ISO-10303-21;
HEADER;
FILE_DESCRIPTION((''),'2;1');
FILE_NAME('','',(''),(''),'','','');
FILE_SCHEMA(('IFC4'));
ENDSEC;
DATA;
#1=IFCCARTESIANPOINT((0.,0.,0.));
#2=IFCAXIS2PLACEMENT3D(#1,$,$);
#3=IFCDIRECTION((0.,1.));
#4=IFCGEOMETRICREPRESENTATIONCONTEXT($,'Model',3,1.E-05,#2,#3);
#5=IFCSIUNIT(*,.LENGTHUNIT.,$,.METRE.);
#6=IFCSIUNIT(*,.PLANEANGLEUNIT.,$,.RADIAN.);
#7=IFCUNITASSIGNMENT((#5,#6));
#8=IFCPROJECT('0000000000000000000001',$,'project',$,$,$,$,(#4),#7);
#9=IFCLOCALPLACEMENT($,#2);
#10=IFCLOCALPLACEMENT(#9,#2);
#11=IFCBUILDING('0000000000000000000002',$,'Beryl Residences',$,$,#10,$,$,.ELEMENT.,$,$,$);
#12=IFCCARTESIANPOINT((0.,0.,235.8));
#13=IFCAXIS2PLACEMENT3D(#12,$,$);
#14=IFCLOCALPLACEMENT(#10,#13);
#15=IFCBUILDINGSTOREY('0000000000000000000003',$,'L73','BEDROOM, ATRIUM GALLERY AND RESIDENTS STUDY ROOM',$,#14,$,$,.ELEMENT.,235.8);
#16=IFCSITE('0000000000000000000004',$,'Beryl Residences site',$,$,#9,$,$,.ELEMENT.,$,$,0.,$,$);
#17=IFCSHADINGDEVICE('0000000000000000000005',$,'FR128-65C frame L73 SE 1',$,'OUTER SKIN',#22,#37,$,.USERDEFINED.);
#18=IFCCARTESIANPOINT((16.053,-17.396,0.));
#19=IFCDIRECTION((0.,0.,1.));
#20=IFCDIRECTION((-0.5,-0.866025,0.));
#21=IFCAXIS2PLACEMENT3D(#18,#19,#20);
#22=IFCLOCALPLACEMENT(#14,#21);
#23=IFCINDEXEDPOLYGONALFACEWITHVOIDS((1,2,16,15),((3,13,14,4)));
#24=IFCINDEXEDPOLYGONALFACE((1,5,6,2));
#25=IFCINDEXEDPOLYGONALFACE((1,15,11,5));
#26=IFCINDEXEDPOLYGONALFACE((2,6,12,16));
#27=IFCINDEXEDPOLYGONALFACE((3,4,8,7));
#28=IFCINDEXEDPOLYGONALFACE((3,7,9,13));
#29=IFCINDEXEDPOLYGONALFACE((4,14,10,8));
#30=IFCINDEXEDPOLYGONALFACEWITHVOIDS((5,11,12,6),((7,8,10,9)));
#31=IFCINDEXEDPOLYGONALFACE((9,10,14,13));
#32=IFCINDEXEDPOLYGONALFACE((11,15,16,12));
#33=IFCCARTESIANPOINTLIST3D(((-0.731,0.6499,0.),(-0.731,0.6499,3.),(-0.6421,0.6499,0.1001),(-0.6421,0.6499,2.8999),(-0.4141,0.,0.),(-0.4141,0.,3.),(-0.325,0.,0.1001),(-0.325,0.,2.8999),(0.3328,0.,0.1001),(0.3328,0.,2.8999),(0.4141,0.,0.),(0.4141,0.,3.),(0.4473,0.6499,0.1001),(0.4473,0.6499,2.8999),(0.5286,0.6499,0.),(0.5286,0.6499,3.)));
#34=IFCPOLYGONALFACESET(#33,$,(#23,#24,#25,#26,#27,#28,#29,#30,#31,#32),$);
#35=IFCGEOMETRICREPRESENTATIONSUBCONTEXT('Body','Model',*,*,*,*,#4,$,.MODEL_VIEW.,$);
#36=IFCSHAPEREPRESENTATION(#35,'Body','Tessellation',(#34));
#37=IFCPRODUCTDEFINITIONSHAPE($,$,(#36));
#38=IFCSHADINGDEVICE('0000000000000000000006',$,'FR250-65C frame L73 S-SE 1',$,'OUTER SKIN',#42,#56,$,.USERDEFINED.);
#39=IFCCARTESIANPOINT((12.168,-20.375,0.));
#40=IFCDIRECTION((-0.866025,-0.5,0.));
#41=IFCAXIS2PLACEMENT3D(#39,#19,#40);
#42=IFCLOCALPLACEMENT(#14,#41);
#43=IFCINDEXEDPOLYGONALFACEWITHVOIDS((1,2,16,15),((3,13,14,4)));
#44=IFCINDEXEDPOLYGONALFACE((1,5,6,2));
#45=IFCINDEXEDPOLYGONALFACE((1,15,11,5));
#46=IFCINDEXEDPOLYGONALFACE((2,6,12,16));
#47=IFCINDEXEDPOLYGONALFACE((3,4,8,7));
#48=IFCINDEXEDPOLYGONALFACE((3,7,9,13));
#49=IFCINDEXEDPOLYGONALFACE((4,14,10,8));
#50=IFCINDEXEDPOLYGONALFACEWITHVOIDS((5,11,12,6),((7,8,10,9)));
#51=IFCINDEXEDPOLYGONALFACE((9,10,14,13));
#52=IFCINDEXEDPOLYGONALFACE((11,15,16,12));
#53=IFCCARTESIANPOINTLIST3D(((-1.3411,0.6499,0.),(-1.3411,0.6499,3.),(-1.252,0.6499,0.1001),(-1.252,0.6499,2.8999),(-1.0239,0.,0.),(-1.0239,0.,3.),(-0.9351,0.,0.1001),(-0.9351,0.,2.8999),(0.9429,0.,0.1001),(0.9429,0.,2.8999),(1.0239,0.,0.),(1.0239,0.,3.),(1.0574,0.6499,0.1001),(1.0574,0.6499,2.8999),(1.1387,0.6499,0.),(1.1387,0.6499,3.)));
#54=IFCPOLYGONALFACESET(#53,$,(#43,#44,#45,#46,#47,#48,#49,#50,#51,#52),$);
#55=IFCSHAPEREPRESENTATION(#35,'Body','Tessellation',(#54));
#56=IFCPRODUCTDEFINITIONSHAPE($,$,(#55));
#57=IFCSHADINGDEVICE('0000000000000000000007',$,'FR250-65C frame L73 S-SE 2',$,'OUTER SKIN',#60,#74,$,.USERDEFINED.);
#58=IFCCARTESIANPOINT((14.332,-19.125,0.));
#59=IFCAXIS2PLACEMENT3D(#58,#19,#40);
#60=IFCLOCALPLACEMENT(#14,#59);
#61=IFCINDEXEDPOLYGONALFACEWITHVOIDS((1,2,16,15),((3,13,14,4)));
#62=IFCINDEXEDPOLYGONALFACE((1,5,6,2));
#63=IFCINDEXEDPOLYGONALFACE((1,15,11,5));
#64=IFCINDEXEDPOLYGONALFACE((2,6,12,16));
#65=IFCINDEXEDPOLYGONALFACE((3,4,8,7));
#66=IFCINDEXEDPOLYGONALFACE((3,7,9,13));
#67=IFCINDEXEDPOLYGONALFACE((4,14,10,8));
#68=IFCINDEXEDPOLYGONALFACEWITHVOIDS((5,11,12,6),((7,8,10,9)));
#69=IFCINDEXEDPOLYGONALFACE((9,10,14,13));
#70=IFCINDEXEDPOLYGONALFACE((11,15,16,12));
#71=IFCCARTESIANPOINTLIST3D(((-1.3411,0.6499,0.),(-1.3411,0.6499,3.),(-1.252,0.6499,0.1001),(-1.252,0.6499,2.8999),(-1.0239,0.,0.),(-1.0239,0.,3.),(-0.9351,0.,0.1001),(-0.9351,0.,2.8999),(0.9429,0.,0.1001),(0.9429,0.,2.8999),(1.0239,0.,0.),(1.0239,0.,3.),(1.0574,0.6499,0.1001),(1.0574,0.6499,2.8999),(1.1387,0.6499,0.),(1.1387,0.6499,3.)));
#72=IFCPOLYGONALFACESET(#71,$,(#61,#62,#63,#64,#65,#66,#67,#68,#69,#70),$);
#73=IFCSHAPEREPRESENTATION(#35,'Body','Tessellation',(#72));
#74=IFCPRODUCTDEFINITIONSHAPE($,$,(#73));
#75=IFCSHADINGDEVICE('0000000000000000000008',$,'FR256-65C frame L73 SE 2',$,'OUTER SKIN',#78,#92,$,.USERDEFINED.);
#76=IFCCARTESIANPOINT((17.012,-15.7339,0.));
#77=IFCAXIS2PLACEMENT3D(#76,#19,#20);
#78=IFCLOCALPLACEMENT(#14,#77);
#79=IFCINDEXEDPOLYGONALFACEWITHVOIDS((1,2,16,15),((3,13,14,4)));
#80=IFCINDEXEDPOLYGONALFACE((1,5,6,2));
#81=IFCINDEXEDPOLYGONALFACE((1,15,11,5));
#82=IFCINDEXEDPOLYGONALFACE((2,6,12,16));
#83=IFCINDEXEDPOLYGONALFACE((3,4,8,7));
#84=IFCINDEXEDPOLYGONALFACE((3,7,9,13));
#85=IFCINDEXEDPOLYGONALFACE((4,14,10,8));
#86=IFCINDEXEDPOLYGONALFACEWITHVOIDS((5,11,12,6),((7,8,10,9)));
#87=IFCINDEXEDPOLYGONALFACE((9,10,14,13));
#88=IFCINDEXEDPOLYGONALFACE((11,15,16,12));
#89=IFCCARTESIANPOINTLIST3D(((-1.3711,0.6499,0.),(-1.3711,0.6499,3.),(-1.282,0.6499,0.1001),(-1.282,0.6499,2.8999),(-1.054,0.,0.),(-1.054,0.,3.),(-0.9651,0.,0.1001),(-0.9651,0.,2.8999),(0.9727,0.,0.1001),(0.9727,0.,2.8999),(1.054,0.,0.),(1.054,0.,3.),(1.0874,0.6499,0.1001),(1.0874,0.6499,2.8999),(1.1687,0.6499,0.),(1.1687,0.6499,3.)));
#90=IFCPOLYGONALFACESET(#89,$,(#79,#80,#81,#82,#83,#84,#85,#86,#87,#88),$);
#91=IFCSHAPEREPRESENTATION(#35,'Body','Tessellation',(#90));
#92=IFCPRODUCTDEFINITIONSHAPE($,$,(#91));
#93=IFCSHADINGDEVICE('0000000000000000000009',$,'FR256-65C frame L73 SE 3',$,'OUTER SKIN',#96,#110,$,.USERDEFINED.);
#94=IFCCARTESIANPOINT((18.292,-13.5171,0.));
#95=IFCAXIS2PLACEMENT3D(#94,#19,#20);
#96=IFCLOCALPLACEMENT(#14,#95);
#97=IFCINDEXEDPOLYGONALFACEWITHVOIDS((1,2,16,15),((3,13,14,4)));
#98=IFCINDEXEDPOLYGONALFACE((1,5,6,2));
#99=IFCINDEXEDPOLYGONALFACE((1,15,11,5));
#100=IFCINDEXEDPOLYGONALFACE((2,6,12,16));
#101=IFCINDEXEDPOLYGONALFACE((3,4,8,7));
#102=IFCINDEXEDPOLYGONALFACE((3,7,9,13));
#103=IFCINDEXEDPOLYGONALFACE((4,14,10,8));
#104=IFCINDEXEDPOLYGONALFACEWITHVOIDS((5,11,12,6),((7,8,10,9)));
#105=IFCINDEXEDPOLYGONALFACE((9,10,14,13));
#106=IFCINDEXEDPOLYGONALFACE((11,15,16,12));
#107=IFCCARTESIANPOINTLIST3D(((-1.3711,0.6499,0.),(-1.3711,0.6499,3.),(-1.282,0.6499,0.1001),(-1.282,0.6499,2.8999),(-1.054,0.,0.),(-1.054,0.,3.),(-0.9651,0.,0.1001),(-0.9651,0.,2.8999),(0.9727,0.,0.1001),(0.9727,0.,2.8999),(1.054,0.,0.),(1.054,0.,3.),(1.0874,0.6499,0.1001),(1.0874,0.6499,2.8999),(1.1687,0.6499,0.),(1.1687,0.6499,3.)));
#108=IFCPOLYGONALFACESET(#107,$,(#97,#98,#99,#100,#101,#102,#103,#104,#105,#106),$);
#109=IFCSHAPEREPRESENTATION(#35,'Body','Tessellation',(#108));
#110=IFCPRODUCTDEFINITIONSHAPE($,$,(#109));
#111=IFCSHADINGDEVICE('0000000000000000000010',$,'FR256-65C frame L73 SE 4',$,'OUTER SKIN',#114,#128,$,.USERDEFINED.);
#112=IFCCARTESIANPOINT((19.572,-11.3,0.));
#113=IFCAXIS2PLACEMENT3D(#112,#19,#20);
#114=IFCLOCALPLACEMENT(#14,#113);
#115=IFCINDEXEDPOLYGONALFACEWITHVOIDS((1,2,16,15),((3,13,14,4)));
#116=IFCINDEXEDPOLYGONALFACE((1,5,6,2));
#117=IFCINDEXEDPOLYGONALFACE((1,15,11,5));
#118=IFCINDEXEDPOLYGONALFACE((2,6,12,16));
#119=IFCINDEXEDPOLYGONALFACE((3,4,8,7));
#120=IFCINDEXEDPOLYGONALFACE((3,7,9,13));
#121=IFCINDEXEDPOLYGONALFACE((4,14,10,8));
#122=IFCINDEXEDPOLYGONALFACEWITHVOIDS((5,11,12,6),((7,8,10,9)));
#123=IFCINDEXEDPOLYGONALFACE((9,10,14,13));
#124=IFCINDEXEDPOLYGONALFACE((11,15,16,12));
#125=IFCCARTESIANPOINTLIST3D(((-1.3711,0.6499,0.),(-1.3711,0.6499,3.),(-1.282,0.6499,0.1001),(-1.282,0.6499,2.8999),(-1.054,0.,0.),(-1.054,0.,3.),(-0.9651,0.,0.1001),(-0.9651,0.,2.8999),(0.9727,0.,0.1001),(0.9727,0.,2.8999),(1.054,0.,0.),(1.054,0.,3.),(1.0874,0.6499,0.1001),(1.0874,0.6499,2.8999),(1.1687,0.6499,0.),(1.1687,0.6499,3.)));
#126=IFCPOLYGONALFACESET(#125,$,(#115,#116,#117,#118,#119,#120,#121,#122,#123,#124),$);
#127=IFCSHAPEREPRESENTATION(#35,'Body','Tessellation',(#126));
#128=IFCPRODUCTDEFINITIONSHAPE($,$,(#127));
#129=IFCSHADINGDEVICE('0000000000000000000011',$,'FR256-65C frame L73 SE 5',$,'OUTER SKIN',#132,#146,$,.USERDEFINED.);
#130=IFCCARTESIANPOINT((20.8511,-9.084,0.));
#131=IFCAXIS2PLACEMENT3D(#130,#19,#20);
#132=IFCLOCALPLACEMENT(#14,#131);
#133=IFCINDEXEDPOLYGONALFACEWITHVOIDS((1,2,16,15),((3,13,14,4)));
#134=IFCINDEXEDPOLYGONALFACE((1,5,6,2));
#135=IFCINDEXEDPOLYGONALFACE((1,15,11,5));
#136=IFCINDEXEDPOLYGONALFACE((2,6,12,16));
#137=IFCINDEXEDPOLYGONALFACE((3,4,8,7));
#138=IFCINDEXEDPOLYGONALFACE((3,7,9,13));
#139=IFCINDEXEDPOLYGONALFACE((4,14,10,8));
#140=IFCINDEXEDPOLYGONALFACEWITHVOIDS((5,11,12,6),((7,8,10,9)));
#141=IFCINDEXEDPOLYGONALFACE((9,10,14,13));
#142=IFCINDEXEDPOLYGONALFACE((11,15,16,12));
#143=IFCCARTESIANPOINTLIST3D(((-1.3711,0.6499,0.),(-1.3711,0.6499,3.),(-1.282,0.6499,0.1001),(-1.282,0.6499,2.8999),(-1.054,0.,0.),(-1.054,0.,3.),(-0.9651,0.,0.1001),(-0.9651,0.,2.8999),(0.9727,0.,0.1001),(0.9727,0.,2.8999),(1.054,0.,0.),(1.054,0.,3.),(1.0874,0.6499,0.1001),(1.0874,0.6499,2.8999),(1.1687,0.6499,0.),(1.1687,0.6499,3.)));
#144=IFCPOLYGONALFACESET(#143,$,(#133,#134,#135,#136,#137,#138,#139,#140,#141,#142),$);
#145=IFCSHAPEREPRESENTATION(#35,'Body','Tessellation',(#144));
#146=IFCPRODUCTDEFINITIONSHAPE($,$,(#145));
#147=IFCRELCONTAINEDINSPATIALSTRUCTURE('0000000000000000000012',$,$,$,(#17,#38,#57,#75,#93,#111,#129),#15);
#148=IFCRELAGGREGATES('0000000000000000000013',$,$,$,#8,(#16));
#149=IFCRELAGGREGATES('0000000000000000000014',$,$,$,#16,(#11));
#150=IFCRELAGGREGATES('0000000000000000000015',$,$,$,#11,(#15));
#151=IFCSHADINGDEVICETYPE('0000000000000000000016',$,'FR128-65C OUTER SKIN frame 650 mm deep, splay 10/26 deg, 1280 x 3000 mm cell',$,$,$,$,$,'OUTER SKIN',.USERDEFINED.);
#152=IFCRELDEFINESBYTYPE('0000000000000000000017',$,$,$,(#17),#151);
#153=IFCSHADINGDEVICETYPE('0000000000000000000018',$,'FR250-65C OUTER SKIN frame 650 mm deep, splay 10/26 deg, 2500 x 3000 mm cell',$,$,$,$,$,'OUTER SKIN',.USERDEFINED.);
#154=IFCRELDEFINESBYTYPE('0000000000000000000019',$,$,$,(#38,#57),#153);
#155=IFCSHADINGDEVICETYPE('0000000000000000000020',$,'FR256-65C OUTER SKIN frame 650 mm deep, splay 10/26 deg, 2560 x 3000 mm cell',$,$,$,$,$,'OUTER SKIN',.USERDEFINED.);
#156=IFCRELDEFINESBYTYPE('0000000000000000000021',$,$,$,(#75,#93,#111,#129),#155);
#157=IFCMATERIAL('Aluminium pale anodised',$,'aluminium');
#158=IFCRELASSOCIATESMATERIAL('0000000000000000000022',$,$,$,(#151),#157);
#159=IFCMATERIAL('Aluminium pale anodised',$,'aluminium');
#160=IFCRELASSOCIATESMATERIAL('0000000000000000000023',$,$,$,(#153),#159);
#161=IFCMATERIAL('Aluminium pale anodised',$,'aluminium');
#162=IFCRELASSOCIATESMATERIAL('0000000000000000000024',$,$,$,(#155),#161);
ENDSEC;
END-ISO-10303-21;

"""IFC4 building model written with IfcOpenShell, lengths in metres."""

from ifc_helpers import new_model, entity, si_unit, direction, frame, origin, place, context, subcontext, project, spatial, source, transform, mapped, material, type_object, type_shapes, element, save


model = new_model("IFC4")

# Units and contexts
model_context = context("Model", 3, precision=1e-05, world=origin(), true_north=direction((0.0, 1.0)))
body_context = subcontext(model_context, "Body", "Model", "MODEL_VIEW")
ifc_project = project(units=[si_unit("LENGTHUNIT", "METRE"), si_unit("PLANEANGLEUNIT", "RADIAN")], contexts=[model_context])

# Site, building, storey
site_placement = place(None, origin())
site = spatial("IfcSite", under=ifc_project, at=site_placement, Name="Beryl Residences site", CompositionType="ELEMENT", RefElevation=0.0)
building_placement = place(site_placement, origin())
building = spatial("IfcBuilding", under=site, at=building_placement, Name="Beryl Residences", CompositionType="ELEMENT")
storey_placement = place(building_placement, frame((0.0, 0.0, 235.8)))
storey = spatial("IfcBuildingStorey", under=building, at=storey_placement, Name="L73", Description="BEDROOM, ATRIUM GALLERY AND RESIDENTS STUDY ROOM", CompositionType="ELEMENT", Elevation=235.8)

# Shading devices
ifc_material_1 = material(Name="Aluminium pale anodised", Category="aluminium")
shading_device_type_1 = type_object("IfcShadingDeviceType", Name="FR128-65C OUTER SKIN frame 650 mm deep, splay 10/26 deg, 1280 x 3000 mm cell", ElementType="OUTER SKIN", PredefinedType="USERDEFINED", material=ifc_material_1)
cartesian_point_1 = entity("IfcCartesianPoint", [-0.4141, 0.0])
cartesian_point_2 = entity("IfcCartesianPoint", [-0.3328, 0.1001])
cartesian_point_3 = entity("IfcCartesianPoint", [-0.5286, 0.0])
cartesian_point_4 = entity("IfcCartesianPoint", [-0.4473, 0.1001])
shared_shape_1 = source(origin(), body_context, "Body", "SweptSolid", [
    entity("IfcExtrudedAreaSolidTapered", entity("IfcArbitraryProfileDefWithVoids", "AREA", None, entity("IfcPolyline", [cartesian_point_1, entity("IfcCartesianPoint", [0.4141, 0.0]), entity("IfcCartesianPoint", [0.4141, 3.0]), entity("IfcCartesianPoint", [-0.4141, 3.0]), cartesian_point_1]), [entity("IfcPolyline", [cartesian_point_2, entity("IfcCartesianPoint", [0.325, 0.1001]), entity("IfcCartesianPoint", [0.325, 2.8999]), entity("IfcCartesianPoint", [-0.3328, 2.8999]), cartesian_point_2])]), entity("IfcAxis2Placement3D", entity("IfcCartesianPoint", [0.0, 0.0, 0.0]), entity("IfcDirection", [0.0, 1.0, 0.0]), entity("IfcDirection", [-1.0, 0.0, 0.0])), entity("IfcDirection", [0.0, 0.0, 1.0]), 0.6499, entity("IfcArbitraryProfileDefWithVoids", "AREA", None, entity("IfcPolyline", [cartesian_point_3, entity("IfcCartesianPoint", [0.731, 0.0]), entity("IfcCartesianPoint", [0.731, 3.0]), entity("IfcCartesianPoint", [-0.5286, 3.0]), cartesian_point_3]), [entity("IfcPolyline", [cartesian_point_4, entity("IfcCartesianPoint", [0.6421, 0.1001]), entity("IfcCartesianPoint", [0.6421, 2.8999]), entity("IfcCartesianPoint", [-0.4473, 2.8999]), cartesian_point_4])])),
])
type_shapes(shading_device_type_1, [shared_shape_1])
shading_device_placement = place(storey_placement, frame((16.053, -17.396, 0.0), z_axis=(0.0, 0.0, 1.0), x_axis=(-0.5, -0.866025, 0.0)))
element("IfcShadingDevice", 1, at=shading_device_placement, inside=storey, type_object=shading_device_type_1, Name="FR128-65C frame L73 SE 1", ObjectType="OUTER SKIN", PredefinedType="USERDEFINED", context=body_context, shape_type="MappedRepresentation", body=[
    mapped(shared_shape_1, transform((0.0, 0.0, 0.0))),
])
ifc_material_2 = material(Name="Aluminium pale anodised", Category="aluminium")
shading_device_type_2 = type_object("IfcShadingDeviceType", Name="FR250-65C OUTER SKIN frame 650 mm deep, splay 10/26 deg, 2500 x 3000 mm cell", ElementType="OUTER SKIN", PredefinedType="USERDEFINED", material=ifc_material_2)
cartesian_point_5 = entity("IfcCartesianPoint", [-1.0239, 0.0])
cartesian_point_6 = entity("IfcCartesianPoint", [-0.9429, 0.1001])
cartesian_point_7 = entity("IfcCartesianPoint", [-1.1387, 0.0])
cartesian_point_8 = entity("IfcCartesianPoint", [-1.0574, 0.1001])
shared_shape_2 = source(origin(), body_context, "Body", "SweptSolid", [
    entity("IfcExtrudedAreaSolidTapered", entity("IfcArbitraryProfileDefWithVoids", "AREA", None, entity("IfcPolyline", [cartesian_point_5, entity("IfcCartesianPoint", [1.0239, 0.0]), entity("IfcCartesianPoint", [1.0239, 3.0]), entity("IfcCartesianPoint", [-1.0239, 3.0]), cartesian_point_5]), [entity("IfcPolyline", [cartesian_point_6, entity("IfcCartesianPoint", [0.9351, 0.1001]), entity("IfcCartesianPoint", [0.9351, 2.8999]), entity("IfcCartesianPoint", [-0.9429, 2.8999]), cartesian_point_6])]), entity("IfcAxis2Placement3D", entity("IfcCartesianPoint", [0.0, 0.0, 0.0]), entity("IfcDirection", [0.0, 1.0, 0.0]), entity("IfcDirection", [-1.0, 0.0, 0.0])), entity("IfcDirection", [0.0, 0.0, 1.0]), 0.6499, entity("IfcArbitraryProfileDefWithVoids", "AREA", None, entity("IfcPolyline", [cartesian_point_7, entity("IfcCartesianPoint", [1.3411, 0.0]), entity("IfcCartesianPoint", [1.3411, 3.0]), entity("IfcCartesianPoint", [-1.1387, 3.0]), cartesian_point_7]), [entity("IfcPolyline", [cartesian_point_8, entity("IfcCartesianPoint", [1.252, 0.1001]), entity("IfcCartesianPoint", [1.252, 2.8999]), entity("IfcCartesianPoint", [-1.0574, 2.8999]), cartesian_point_8])])),
])
type_shapes(shading_device_type_2, [shared_shape_2])
for number, where, z_axis, x_axis, name in (
    (2, (12.168, -20.375, 0.0), (0.0, 0.0, 1.0), (-0.866025, -0.5, 0.0), "FR250-65C frame L73 S-SE 1"),
    (3, (14.332, -19.125, 0.0), (0.0, 0.0, 1.0), (-0.866025, -0.5, 0.0), "FR250-65C frame L73 S-SE 2"),
):
    element("IfcShadingDevice", number, at=place(storey_placement, frame(where, z_axis=z_axis, x_axis=x_axis)), inside=storey, type_object=shading_device_type_2, Name=name, ObjectType="OUTER SKIN", PredefinedType="USERDEFINED", context=body_context, shape_type="MappedRepresentation", body=[
        mapped(shared_shape_2, transform((0.0, 0.0, 0.0))),
    ])
ifc_material_3 = material(Name="Aluminium pale anodised", Category="aluminium")
shading_device_type_3 = type_object("IfcShadingDeviceType", Name="FR256-65C OUTER SKIN frame 650 mm deep, splay 10/26 deg, 2560 x 3000 mm cell", ElementType="OUTER SKIN", PredefinedType="USERDEFINED", material=ifc_material_3)
cartesian_point_9 = entity("IfcCartesianPoint", [-1.054, 0.0])
cartesian_point_10 = entity("IfcCartesianPoint", [-0.9727, 0.1001])
cartesian_point_11 = entity("IfcCartesianPoint", [-1.1687, 0.0])
cartesian_point_12 = entity("IfcCartesianPoint", [-1.0874, 0.1001])
shared_shape_3 = source(origin(), body_context, "Body", "SweptSolid", [
    entity("IfcExtrudedAreaSolidTapered", entity("IfcArbitraryProfileDefWithVoids", "AREA", None, entity("IfcPolyline", [cartesian_point_9, entity("IfcCartesianPoint", [1.054, 0.0]), entity("IfcCartesianPoint", [1.054, 3.0]), entity("IfcCartesianPoint", [-1.054, 3.0]), cartesian_point_9]), [entity("IfcPolyline", [cartesian_point_10, entity("IfcCartesianPoint", [0.9651, 0.1001]), entity("IfcCartesianPoint", [0.9651, 2.8999]), entity("IfcCartesianPoint", [-0.9727, 2.8999]), cartesian_point_10])]), entity("IfcAxis2Placement3D", entity("IfcCartesianPoint", [0.0, 0.0, 0.0]), entity("IfcDirection", [0.0, 1.0, 0.0]), entity("IfcDirection", [-1.0, 0.0, 0.0])), entity("IfcDirection", [0.0, 0.0, 1.0]), 0.6499, entity("IfcArbitraryProfileDefWithVoids", "AREA", None, entity("IfcPolyline", [cartesian_point_11, entity("IfcCartesianPoint", [1.3711, 0.0]), entity("IfcCartesianPoint", [1.3711, 3.0]), entity("IfcCartesianPoint", [-1.1687, 3.0]), cartesian_point_11]), [entity("IfcPolyline", [cartesian_point_12, entity("IfcCartesianPoint", [1.282, 0.1001]), entity("IfcCartesianPoint", [1.282, 2.8999]), entity("IfcCartesianPoint", [-1.0874, 2.8999]), cartesian_point_12])])),
])
type_shapes(shading_device_type_3, [shared_shape_3])
for number, where, z_axis, x_axis, name in (
    (4, (17.012, -15.7339, 0.0), (0.0, 0.0, 1.0), (-0.5, -0.866025, 0.0), "FR256-65C frame L73 SE 2"),
    (5, (18.292, -13.5171, 0.0), (0.0, 0.0, 1.0), (-0.5, -0.866025, 0.0), "FR256-65C frame L73 SE 3"),
    (6, (19.572, -11.3, 0.0), (0.0, 0.0, 1.0), (-0.5, -0.866025, 0.0), "FR256-65C frame L73 SE 4"),
    (7, (20.8511, -9.084, 0.0), (0.0, 0.0, 1.0), (-0.5, -0.866025, 0.0), "FR256-65C frame L73 SE 5"),
):
    element("IfcShadingDevice", number, at=place(storey_placement, frame(where, z_axis=z_axis, x_axis=x_axis)), inside=storey, type_object=shading_device_type_3, Name=name, ObjectType="OUTER SKIN", PredefinedType="USERDEFINED", context=body_context, shape_type="MappedRepresentation", body=[
        mapped(shared_shape_3, transform((0.0, 0.0, 0.0))),
    ])

save(model, "model.ifc")
